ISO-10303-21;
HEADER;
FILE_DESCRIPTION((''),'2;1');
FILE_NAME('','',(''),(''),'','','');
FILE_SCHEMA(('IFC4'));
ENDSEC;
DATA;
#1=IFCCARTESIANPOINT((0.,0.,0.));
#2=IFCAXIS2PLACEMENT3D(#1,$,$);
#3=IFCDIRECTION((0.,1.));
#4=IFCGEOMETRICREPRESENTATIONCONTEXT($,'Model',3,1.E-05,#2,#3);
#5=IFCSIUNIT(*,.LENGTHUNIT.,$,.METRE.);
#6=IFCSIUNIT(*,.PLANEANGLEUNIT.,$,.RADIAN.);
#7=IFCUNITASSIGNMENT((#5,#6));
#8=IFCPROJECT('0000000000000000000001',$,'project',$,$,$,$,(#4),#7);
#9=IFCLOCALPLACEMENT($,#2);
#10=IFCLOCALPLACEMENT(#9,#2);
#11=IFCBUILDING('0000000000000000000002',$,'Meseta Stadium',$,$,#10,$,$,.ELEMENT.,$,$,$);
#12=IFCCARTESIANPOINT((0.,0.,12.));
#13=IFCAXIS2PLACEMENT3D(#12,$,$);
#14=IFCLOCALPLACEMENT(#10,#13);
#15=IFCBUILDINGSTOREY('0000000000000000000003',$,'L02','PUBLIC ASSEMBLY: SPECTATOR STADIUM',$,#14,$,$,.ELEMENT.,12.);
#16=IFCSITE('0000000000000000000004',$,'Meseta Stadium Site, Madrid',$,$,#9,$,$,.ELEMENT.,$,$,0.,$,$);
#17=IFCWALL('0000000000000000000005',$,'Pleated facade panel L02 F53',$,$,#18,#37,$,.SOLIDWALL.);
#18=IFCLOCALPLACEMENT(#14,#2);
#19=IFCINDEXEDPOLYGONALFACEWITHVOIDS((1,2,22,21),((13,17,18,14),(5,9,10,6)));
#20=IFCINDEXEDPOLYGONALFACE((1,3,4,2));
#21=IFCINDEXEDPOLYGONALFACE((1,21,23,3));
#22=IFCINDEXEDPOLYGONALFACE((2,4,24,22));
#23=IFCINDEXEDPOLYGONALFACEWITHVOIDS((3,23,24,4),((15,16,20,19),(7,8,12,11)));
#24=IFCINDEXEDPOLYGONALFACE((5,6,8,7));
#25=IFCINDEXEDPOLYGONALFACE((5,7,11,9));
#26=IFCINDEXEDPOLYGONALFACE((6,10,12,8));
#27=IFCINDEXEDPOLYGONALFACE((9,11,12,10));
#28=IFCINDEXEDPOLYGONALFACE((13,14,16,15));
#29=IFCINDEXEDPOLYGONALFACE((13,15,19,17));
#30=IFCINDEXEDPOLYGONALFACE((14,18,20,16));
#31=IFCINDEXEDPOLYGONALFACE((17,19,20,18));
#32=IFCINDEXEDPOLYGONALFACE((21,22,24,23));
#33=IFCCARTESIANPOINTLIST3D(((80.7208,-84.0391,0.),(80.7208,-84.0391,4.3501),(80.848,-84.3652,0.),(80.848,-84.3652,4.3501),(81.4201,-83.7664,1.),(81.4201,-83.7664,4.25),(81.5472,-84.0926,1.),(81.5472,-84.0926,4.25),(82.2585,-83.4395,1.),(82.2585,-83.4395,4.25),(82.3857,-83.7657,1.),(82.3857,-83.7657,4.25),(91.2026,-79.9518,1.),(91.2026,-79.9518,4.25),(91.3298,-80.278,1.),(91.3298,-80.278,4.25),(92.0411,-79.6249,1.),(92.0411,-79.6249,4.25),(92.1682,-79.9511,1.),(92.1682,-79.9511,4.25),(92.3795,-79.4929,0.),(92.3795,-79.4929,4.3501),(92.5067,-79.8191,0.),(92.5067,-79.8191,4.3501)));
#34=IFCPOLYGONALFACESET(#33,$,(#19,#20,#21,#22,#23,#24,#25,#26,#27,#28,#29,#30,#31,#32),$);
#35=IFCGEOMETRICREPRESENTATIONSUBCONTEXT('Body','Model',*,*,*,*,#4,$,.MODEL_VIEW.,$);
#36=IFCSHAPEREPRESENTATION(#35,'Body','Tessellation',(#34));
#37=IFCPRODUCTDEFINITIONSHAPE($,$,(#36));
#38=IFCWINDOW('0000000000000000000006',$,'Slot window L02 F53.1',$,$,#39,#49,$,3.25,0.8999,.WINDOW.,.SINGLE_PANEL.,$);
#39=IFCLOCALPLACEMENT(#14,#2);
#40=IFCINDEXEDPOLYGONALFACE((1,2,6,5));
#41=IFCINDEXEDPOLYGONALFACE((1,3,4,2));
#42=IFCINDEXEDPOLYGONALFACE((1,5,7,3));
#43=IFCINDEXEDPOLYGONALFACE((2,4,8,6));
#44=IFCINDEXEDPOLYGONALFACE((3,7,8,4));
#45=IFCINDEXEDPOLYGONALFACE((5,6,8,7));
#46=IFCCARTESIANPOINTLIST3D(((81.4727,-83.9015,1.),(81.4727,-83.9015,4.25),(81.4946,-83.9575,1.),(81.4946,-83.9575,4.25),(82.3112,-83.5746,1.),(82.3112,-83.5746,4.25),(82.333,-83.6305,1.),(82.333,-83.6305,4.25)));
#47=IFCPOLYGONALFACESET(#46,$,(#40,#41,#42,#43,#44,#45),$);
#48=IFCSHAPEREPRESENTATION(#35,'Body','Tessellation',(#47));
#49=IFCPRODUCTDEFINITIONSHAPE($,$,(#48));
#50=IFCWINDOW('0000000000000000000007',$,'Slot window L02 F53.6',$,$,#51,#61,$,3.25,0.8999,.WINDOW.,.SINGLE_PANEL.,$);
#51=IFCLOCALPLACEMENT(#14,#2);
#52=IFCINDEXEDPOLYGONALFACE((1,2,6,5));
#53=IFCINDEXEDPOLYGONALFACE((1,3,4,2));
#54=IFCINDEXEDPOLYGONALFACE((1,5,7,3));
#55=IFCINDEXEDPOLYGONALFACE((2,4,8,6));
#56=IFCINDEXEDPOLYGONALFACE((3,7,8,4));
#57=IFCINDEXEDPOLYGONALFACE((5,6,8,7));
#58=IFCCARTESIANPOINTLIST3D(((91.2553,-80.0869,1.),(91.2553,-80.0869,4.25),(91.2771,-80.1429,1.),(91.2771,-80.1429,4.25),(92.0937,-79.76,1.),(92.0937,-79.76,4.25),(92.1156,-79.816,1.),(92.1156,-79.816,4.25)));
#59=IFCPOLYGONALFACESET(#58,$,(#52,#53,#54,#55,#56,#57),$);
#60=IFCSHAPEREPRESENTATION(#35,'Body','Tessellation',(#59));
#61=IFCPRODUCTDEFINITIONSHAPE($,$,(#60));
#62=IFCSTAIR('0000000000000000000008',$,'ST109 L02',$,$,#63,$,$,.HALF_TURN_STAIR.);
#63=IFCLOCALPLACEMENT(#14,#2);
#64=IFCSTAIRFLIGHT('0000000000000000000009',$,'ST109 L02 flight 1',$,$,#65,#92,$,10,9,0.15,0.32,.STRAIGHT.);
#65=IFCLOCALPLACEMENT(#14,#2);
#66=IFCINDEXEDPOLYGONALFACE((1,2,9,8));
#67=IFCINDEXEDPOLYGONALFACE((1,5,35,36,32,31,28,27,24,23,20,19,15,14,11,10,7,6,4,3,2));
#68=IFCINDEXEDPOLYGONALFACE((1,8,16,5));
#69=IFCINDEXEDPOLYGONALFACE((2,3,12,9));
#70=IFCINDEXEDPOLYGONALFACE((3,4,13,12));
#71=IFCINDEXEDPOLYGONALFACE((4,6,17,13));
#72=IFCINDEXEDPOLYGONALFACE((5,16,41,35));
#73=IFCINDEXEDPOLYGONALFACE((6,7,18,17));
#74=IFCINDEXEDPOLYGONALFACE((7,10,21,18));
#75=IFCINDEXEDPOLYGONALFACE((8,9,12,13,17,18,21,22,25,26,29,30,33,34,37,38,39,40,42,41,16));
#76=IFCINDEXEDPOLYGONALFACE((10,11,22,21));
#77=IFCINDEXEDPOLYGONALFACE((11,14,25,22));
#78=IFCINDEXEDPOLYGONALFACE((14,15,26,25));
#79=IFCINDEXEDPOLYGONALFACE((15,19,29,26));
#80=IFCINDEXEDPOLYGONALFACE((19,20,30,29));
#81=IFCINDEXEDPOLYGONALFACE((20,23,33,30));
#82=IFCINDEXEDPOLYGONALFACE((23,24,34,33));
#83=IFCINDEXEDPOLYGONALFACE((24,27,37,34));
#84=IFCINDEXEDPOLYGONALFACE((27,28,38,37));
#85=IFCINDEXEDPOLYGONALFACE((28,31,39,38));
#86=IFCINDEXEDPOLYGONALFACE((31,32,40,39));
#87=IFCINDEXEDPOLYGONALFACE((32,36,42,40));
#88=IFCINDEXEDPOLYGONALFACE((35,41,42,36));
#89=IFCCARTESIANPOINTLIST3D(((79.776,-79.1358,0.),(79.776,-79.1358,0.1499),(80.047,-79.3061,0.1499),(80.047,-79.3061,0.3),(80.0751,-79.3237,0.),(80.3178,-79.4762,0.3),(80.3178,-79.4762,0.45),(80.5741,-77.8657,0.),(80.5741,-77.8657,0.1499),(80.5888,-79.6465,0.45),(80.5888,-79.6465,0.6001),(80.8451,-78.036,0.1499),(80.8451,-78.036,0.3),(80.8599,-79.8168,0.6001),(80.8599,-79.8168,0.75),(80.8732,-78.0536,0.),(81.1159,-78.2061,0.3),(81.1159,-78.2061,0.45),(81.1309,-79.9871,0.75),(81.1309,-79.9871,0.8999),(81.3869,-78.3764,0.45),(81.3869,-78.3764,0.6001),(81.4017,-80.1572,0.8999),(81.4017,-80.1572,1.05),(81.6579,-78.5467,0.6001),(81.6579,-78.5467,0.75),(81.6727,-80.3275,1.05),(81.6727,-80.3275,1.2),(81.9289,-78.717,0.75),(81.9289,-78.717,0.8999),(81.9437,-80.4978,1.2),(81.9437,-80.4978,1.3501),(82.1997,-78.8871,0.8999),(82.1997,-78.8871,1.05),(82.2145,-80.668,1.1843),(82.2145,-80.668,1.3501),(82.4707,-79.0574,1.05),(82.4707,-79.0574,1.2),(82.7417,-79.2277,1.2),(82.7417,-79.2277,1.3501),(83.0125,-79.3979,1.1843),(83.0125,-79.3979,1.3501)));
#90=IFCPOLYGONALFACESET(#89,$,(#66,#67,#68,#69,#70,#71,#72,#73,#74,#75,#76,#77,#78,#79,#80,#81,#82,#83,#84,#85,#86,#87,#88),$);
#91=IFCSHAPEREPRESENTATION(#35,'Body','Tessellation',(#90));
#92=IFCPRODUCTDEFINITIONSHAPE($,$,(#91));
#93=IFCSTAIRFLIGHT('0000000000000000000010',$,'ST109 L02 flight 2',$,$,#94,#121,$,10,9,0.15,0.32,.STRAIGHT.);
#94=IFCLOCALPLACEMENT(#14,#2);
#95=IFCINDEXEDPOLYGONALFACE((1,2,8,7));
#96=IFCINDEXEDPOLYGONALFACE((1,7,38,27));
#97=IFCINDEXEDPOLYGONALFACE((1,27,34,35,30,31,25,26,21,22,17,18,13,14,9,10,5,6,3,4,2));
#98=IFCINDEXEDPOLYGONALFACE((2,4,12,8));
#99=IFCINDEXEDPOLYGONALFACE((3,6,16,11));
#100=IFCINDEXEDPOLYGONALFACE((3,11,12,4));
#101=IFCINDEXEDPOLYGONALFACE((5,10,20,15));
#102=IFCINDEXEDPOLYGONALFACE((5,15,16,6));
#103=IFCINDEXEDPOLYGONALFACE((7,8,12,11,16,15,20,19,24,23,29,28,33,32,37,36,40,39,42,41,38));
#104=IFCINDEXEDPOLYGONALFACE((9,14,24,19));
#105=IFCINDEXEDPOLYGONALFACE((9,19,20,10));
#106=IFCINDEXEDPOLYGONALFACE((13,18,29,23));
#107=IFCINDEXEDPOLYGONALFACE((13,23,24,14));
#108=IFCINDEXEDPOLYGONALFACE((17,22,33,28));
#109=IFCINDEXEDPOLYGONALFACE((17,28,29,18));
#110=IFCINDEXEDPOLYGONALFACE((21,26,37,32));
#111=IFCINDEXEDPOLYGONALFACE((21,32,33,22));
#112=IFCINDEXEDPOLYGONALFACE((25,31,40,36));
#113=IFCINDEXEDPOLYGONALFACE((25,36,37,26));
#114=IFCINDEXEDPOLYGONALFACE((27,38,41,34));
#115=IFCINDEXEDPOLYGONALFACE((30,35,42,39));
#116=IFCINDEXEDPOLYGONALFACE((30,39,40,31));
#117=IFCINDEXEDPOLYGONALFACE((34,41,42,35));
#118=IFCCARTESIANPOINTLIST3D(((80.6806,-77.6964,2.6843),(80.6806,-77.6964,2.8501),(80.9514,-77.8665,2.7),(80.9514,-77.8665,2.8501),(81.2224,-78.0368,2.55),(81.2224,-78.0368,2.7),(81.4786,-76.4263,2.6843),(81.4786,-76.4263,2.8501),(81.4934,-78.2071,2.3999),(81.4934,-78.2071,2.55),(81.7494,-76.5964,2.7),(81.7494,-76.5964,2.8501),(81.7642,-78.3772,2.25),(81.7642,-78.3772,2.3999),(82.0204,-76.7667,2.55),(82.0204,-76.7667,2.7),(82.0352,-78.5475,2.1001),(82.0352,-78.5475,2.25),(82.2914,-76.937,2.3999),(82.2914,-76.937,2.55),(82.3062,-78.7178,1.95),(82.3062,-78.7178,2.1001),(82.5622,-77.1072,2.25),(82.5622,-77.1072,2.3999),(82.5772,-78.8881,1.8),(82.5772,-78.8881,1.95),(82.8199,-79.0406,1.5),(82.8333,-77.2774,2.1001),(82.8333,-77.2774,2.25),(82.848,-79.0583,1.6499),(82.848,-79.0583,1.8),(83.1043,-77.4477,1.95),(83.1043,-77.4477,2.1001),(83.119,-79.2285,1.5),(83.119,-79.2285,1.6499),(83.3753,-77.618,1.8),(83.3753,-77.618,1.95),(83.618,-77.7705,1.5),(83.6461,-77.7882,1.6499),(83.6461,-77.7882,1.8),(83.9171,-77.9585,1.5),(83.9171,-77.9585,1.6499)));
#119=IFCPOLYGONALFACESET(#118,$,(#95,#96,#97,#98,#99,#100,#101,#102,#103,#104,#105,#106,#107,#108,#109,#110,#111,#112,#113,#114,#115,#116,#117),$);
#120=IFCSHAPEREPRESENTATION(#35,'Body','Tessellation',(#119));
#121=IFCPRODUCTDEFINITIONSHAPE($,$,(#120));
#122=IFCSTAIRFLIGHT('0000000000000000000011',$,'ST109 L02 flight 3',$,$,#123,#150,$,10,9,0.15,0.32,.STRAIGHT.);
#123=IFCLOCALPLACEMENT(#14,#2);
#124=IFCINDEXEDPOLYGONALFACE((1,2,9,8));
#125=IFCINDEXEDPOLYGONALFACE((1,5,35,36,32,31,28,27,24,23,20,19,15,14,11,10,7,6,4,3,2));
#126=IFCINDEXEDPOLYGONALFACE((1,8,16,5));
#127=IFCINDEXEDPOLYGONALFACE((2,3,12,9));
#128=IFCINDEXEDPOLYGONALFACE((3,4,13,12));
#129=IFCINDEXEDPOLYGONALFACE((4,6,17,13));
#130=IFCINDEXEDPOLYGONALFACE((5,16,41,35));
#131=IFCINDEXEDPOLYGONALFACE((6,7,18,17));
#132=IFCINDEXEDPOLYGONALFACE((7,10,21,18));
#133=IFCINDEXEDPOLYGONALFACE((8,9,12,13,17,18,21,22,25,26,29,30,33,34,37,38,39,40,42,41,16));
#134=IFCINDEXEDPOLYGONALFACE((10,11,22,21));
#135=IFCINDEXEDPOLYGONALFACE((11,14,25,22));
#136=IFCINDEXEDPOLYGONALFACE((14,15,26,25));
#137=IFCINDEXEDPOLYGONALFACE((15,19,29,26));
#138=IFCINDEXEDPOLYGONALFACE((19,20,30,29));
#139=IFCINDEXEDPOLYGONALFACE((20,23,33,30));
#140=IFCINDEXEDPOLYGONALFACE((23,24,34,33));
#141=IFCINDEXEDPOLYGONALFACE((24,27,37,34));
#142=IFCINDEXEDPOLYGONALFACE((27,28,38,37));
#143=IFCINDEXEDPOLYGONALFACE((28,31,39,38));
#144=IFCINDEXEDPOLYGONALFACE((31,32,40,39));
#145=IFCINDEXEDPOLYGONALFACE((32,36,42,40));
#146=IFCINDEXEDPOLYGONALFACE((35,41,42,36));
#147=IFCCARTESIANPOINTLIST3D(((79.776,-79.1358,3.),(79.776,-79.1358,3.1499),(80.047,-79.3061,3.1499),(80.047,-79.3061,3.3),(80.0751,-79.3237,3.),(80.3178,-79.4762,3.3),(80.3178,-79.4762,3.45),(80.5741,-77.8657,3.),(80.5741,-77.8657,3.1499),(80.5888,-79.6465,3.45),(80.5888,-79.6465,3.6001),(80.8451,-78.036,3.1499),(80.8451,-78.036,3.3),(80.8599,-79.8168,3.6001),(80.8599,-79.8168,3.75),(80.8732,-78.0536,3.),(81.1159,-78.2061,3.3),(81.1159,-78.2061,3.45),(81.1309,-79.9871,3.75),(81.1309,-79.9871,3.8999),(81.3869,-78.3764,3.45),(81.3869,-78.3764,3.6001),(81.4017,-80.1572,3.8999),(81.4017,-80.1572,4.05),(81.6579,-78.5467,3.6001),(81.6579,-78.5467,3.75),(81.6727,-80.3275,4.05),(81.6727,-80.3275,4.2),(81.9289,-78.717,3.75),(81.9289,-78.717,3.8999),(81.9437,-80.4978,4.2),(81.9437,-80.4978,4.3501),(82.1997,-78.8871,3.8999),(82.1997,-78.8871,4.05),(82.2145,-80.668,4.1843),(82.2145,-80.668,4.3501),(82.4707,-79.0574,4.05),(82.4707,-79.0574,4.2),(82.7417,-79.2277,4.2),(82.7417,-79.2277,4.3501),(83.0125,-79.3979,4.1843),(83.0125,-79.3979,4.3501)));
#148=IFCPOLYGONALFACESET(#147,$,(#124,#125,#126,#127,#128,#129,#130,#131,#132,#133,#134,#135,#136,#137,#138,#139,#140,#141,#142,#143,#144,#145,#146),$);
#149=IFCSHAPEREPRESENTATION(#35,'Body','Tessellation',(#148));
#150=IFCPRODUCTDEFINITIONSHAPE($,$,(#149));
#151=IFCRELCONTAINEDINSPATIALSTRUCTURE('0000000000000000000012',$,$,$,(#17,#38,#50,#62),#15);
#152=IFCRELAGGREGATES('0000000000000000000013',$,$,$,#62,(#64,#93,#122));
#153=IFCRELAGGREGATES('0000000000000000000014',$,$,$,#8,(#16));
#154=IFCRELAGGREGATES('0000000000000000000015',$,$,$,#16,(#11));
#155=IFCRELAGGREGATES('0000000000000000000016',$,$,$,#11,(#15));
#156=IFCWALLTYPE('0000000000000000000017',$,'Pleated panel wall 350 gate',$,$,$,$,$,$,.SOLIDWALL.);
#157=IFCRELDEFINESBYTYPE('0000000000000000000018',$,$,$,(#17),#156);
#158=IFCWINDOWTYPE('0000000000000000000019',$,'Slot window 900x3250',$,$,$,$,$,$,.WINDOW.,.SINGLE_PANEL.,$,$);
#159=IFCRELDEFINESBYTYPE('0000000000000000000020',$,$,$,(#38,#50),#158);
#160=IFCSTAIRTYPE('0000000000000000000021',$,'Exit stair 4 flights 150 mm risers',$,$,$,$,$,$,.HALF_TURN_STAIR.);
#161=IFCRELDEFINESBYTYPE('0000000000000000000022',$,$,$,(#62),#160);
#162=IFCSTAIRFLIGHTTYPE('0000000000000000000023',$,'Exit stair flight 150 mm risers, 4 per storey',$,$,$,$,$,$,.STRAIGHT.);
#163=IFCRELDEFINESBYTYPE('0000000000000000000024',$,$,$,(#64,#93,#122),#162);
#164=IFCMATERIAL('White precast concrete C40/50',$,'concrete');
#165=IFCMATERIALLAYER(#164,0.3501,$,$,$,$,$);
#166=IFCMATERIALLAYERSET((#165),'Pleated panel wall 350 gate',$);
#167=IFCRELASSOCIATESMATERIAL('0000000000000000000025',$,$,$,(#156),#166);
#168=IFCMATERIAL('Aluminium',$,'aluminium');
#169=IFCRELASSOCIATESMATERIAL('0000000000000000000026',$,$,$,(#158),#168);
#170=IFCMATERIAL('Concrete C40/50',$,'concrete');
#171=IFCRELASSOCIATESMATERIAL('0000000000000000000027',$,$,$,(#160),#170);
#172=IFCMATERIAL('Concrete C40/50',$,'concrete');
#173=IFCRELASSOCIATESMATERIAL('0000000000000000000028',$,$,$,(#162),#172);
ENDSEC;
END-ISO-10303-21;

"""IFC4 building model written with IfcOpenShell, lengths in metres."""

from ifc_helpers import new_model, si_unit, direction, frame, frame_2d, origin, place, context, subcontext, project, spatial, polyline, rectangle, outline, extrude, material, layer, layer_set, type_object, element, fill, aggregate, save


model = new_model("IFC4")

# Units and contexts
model_context = context("Model", 3, precision=1e-05, world=origin(), true_north=direction((0.0, 1.0)))
body_context = subcontext(model_context, "Body", "Model", "MODEL_VIEW")
ifc_project = project(units=[si_unit("LENGTHUNIT", "METRE"), si_unit("PLANEANGLEUNIT", "RADIAN")], contexts=[model_context])

# Site, building, storey
site_placement = place(None, origin())
site = spatial("IfcSite", under=ifc_project, at=site_placement, Name="Meseta Stadium Site, Madrid", CompositionType="ELEMENT", RefElevation=0.0)
building_placement = place(site_placement, origin())
building = spatial("IfcBuilding", under=site, at=building_placement, Name="Meseta Stadium", CompositionType="ELEMENT")
storey_placement = place(building_placement, frame((0.0, 0.0, 12.0)))
storey = spatial("IfcBuildingStorey", under=building, at=storey_placement, Name="L02", Description="PUBLIC ASSEMBLY: SPECTATOR STADIUM", CompositionType="ELEMENT", Elevation=12.0)

# Wall, openings, windows
ifc_material_1 = material(Name="White precast concrete C40/50", Category="concrete")
ifc_layer_1 = layer(ifc_material_1, 0.3501)
ifc_layer_set_1 = layer_set([ifc_layer_1], Name="Pleated panel wall 350 gate")
wall_type_1 = type_object("IfcWallType", Name="Pleated panel wall 350 gate", PredefinedType="SOLIDWALL", material=ifc_layer_set_1)
wall_1_placement = place(storey_placement, frame((92.4431, -79.656, 0.0), z_axis=(0.0, 0.0, 1.0), x_axis=(-0.931675, -0.363293, 0.0)))
wall_1 = element("IfcWall", 1, at=wall_1_placement, inside=storey, type_object=wall_type_1, Name="Pleated facade panel L02 F53", PredefinedType="SOLIDWALL", context=body_context, shape_type="SweptSolid", body=[
    extrude(rectangle(XDim=12.5137, YDim=0.3501, at=frame_2d((6.2568, 0.0))), origin(), (0.0, 0.0, 1.0), 4.3501),
])
opening_1_placement = place(wall_1_placement, frame((10.8633, 0.0, 1.0)))
opening_1 = element("IfcOpeningElement", 2, at=opening_1_placement, cuts=wall_1, PredefinedType="OPENING", context=body_context, shape_type="SweptSolid", body=[
    extrude(rectangle(XDim=0.8999, YDim=3.25, at=frame_2d((0.45, 1.625))), frame((0.0, 0.1851, 0.0), z_axis=(0.0, -1.0, 0.0), x_axis=(1.0, 0.0, 0.0)), (0.0, 0.0, 1.0), 0.3701),
])
opening_2_placement = place(wall_1_placement, frame((0.3633, 0.0, 1.0)))
opening_2 = element("IfcOpeningElement", 3, at=opening_2_placement, cuts=wall_1, PredefinedType="OPENING", context=body_context, shape_type="SweptSolid", body=[
    extrude(rectangle(XDim=0.8999, YDim=3.25, at=frame_2d((0.45, 1.625))), frame((0.0, 0.1851, 0.0), z_axis=(0.0, -1.0, 0.0), x_axis=(1.0, 0.0, 0.0)), (0.0, 0.0, 1.0), 0.3701),
])
ifc_material_2 = material(Name="Aluminium", Category="aluminium")
window_type = type_object("IfcWindowType", Name="Slot window 900x3250", PartitioningType="SINGLE_PANEL", PredefinedType="WINDOW", material=ifc_material_2)
window_1_placement = place(opening_1_placement, origin())
window_1 = element("IfcWindow", 4, at=window_1_placement, inside=storey, type_object=window_type, Name="Slot window L02 F53.1", OverallHeight=3.25, OverallWidth=0.8999, PartitioningType="SINGLE_PANEL", PredefinedType="WINDOW", context=body_context, shape_type="SweptSolid", body=[
    extrude(rectangle(XDim=0.8999, YDim=3.25, at=frame_2d((0.45, 1.625))), frame((0.0, 0.03, 0.0), z_axis=(0.0, -1.0, 0.0), x_axis=(1.0, 0.0, 0.0)), (0.0, 0.0, 1.0), 0.0601),
])
fill(opening_1, window_1)
window_2_placement = place(opening_2_placement, origin())
window_2 = element("IfcWindow", 5, at=window_2_placement, inside=storey, type_object=window_type, Name="Slot window L02 F53.6", OverallHeight=3.25, OverallWidth=0.8999, PartitioningType="SINGLE_PANEL", PredefinedType="WINDOW", context=body_context, shape_type="SweptSolid", body=[
    extrude(rectangle(XDim=0.8999, YDim=3.25, at=frame_2d((0.45, 1.625))), frame((0.0, 0.03, 0.0), z_axis=(0.0, -1.0, 0.0), x_axis=(1.0, 0.0, 0.0)), (0.0, 0.0, 1.0), 0.0601),
])
fill(opening_2, window_2)

# Stair, stair flights
ifc_material_3 = material(Name="Concrete C40/50", Category="concrete")
stair_type = type_object("IfcStairType", Name="Exit stair 4 flights 150 mm risers", PredefinedType="HALF_TURN_STAIR", material=ifc_material_3)
stair_placement = place(storey_placement, origin())
stair = element("IfcStair", 6, at=stair_placement, inside=storey, type_object=stair_type, Name="ST109 L02", PredefinedType="HALF_TURN_STAIR")
ifc_material_4 = material(Name="Concrete C40/50", Category="concrete")
stair_flight_type = type_object("IfcStairFlightType", Name="Exit stair flight 150 mm risers, 4 per storey", PredefinedType="STRAIGHT", material=ifc_material_4)
stair_flight_1_placement = place(storey_placement, frame((80.175, -78.5007, 0.0), z_axis=(0.0, 0.0, 1.0), x_axis=(0.846724, -0.532032, 0.0)))
stair_flight_1 = element("IfcStairFlight", 7, at=stair_flight_1_placement, type_object=stair_flight_type, Name="ST109 L02 flight 1", NumberOfRisers=10, NumberOfTreads=9, PredefinedType="STRAIGHT", RiserHeight=0.15, TreadLength=0.32, context=body_context, shape_type="SweptSolid", body=[
    extrude(outline(polyline([(0.0, 0.0), (0.0, 0.1499), (0.3201, 0.1499), (0.3201, 0.3), (0.6399, 0.3), (0.6399, 0.45), (0.96, 0.45), (0.96, 0.6001), (1.28, 0.6001), (1.28, 0.75), (1.6001, 0.75), (1.6001, 0.8999), (1.9199, 0.8999), (1.9199, 1.05), (2.24, 1.05), (2.24, 1.2), (2.5601, 1.2), (2.5601, 1.3501), (2.8799, 1.3501), (2.8799, 1.1843), (0.3533, 0.0), (0.0, 0.0)])), frame((0.0, 0.75, 0.0), z_axis=(0.0, -1.0, 0.0), x_axis=(1.0, 0.0, 0.0)), (0.0, 0.0, 1.0), 1.5),
])
stair_flight_2_placement = place(storey_placement, frame((83.5181, -78.5935, 1.5), z_axis=(0.0, 0.0, 1.0), x_axis=(-0.846724, 0.532032, 0.0)))
stair_flight_2 = element("IfcStairFlight", 8, at=stair_flight_2_placement, type_object=stair_flight_type, Name="ST109 L02 flight 2", NumberOfRisers=10, NumberOfTreads=9, PredefinedType="STRAIGHT", RiserHeight=0.15, TreadLength=0.32, context=body_context, shape_type="SweptSolid", body=[
    extrude(outline(polyline([(0.0, 0.0), (0.0, 0.1499), (0.3201, 0.1499), (0.3201, 0.3), (0.6399, 0.3), (0.6399, 0.45), (0.96, 0.45), (0.96, 0.6001), (1.28, 0.6001), (1.28, 0.75), (1.6001, 0.75), (1.6001, 0.8999), (1.9199, 0.8999), (1.9199, 1.05), (2.24, 1.05), (2.24, 1.2), (2.5601, 1.2), (2.5601, 1.3501), (2.8799, 1.3501), (2.8799, 1.1843), (0.3533, 0.0), (0.0, 0.0)])), frame((0.0, 0.75, 0.0), z_axis=(0.0, -1.0, 0.0), x_axis=(1.0, 0.0, 0.0)), (0.0, 0.0, 1.0), 1.5),
])
stair_flight_3_placement = place(storey_placement, frame((80.175, -78.5007, 3.0), z_axis=(0.0, 0.0, 1.0), x_axis=(0.846724, -0.532032, 0.0)))
stair_flight_3 = element("IfcStairFlight", 9, at=stair_flight_3_placement, type_object=stair_flight_type, Name="ST109 L02 flight 3", NumberOfRisers=10, NumberOfTreads=9, PredefinedType="STRAIGHT", RiserHeight=0.15, TreadLength=0.32, context=body_context, shape_type="SweptSolid", body=[
    extrude(outline(polyline([(0.0, 0.0), (0.0, 0.1499), (0.3201, 0.1499), (0.3201, 0.3), (0.6399, 0.3), (0.6399, 0.45), (0.96, 0.45), (0.96, 0.6001), (1.28, 0.6001), (1.28, 0.75), (1.6001, 0.75), (1.6001, 0.8999), (1.9199, 0.8999), (1.9199, 1.05), (2.24, 1.05), (2.24, 1.2), (2.5601, 1.2), (2.5601, 1.3501), (2.8799, 1.3501), (2.8799, 1.1843), (0.3533, 0.0), (0.0, 0.0)])), frame((0.0, 0.75, 0.0), z_axis=(0.0, -1.0, 0.0), x_axis=(1.0, 0.0, 0.0)), (0.0, 0.0, 1.0), 1.5),
])
aggregate(stair, [stair_flight_1, stair_flight_2, stair_flight_3])

save(model, "model.ifc")
